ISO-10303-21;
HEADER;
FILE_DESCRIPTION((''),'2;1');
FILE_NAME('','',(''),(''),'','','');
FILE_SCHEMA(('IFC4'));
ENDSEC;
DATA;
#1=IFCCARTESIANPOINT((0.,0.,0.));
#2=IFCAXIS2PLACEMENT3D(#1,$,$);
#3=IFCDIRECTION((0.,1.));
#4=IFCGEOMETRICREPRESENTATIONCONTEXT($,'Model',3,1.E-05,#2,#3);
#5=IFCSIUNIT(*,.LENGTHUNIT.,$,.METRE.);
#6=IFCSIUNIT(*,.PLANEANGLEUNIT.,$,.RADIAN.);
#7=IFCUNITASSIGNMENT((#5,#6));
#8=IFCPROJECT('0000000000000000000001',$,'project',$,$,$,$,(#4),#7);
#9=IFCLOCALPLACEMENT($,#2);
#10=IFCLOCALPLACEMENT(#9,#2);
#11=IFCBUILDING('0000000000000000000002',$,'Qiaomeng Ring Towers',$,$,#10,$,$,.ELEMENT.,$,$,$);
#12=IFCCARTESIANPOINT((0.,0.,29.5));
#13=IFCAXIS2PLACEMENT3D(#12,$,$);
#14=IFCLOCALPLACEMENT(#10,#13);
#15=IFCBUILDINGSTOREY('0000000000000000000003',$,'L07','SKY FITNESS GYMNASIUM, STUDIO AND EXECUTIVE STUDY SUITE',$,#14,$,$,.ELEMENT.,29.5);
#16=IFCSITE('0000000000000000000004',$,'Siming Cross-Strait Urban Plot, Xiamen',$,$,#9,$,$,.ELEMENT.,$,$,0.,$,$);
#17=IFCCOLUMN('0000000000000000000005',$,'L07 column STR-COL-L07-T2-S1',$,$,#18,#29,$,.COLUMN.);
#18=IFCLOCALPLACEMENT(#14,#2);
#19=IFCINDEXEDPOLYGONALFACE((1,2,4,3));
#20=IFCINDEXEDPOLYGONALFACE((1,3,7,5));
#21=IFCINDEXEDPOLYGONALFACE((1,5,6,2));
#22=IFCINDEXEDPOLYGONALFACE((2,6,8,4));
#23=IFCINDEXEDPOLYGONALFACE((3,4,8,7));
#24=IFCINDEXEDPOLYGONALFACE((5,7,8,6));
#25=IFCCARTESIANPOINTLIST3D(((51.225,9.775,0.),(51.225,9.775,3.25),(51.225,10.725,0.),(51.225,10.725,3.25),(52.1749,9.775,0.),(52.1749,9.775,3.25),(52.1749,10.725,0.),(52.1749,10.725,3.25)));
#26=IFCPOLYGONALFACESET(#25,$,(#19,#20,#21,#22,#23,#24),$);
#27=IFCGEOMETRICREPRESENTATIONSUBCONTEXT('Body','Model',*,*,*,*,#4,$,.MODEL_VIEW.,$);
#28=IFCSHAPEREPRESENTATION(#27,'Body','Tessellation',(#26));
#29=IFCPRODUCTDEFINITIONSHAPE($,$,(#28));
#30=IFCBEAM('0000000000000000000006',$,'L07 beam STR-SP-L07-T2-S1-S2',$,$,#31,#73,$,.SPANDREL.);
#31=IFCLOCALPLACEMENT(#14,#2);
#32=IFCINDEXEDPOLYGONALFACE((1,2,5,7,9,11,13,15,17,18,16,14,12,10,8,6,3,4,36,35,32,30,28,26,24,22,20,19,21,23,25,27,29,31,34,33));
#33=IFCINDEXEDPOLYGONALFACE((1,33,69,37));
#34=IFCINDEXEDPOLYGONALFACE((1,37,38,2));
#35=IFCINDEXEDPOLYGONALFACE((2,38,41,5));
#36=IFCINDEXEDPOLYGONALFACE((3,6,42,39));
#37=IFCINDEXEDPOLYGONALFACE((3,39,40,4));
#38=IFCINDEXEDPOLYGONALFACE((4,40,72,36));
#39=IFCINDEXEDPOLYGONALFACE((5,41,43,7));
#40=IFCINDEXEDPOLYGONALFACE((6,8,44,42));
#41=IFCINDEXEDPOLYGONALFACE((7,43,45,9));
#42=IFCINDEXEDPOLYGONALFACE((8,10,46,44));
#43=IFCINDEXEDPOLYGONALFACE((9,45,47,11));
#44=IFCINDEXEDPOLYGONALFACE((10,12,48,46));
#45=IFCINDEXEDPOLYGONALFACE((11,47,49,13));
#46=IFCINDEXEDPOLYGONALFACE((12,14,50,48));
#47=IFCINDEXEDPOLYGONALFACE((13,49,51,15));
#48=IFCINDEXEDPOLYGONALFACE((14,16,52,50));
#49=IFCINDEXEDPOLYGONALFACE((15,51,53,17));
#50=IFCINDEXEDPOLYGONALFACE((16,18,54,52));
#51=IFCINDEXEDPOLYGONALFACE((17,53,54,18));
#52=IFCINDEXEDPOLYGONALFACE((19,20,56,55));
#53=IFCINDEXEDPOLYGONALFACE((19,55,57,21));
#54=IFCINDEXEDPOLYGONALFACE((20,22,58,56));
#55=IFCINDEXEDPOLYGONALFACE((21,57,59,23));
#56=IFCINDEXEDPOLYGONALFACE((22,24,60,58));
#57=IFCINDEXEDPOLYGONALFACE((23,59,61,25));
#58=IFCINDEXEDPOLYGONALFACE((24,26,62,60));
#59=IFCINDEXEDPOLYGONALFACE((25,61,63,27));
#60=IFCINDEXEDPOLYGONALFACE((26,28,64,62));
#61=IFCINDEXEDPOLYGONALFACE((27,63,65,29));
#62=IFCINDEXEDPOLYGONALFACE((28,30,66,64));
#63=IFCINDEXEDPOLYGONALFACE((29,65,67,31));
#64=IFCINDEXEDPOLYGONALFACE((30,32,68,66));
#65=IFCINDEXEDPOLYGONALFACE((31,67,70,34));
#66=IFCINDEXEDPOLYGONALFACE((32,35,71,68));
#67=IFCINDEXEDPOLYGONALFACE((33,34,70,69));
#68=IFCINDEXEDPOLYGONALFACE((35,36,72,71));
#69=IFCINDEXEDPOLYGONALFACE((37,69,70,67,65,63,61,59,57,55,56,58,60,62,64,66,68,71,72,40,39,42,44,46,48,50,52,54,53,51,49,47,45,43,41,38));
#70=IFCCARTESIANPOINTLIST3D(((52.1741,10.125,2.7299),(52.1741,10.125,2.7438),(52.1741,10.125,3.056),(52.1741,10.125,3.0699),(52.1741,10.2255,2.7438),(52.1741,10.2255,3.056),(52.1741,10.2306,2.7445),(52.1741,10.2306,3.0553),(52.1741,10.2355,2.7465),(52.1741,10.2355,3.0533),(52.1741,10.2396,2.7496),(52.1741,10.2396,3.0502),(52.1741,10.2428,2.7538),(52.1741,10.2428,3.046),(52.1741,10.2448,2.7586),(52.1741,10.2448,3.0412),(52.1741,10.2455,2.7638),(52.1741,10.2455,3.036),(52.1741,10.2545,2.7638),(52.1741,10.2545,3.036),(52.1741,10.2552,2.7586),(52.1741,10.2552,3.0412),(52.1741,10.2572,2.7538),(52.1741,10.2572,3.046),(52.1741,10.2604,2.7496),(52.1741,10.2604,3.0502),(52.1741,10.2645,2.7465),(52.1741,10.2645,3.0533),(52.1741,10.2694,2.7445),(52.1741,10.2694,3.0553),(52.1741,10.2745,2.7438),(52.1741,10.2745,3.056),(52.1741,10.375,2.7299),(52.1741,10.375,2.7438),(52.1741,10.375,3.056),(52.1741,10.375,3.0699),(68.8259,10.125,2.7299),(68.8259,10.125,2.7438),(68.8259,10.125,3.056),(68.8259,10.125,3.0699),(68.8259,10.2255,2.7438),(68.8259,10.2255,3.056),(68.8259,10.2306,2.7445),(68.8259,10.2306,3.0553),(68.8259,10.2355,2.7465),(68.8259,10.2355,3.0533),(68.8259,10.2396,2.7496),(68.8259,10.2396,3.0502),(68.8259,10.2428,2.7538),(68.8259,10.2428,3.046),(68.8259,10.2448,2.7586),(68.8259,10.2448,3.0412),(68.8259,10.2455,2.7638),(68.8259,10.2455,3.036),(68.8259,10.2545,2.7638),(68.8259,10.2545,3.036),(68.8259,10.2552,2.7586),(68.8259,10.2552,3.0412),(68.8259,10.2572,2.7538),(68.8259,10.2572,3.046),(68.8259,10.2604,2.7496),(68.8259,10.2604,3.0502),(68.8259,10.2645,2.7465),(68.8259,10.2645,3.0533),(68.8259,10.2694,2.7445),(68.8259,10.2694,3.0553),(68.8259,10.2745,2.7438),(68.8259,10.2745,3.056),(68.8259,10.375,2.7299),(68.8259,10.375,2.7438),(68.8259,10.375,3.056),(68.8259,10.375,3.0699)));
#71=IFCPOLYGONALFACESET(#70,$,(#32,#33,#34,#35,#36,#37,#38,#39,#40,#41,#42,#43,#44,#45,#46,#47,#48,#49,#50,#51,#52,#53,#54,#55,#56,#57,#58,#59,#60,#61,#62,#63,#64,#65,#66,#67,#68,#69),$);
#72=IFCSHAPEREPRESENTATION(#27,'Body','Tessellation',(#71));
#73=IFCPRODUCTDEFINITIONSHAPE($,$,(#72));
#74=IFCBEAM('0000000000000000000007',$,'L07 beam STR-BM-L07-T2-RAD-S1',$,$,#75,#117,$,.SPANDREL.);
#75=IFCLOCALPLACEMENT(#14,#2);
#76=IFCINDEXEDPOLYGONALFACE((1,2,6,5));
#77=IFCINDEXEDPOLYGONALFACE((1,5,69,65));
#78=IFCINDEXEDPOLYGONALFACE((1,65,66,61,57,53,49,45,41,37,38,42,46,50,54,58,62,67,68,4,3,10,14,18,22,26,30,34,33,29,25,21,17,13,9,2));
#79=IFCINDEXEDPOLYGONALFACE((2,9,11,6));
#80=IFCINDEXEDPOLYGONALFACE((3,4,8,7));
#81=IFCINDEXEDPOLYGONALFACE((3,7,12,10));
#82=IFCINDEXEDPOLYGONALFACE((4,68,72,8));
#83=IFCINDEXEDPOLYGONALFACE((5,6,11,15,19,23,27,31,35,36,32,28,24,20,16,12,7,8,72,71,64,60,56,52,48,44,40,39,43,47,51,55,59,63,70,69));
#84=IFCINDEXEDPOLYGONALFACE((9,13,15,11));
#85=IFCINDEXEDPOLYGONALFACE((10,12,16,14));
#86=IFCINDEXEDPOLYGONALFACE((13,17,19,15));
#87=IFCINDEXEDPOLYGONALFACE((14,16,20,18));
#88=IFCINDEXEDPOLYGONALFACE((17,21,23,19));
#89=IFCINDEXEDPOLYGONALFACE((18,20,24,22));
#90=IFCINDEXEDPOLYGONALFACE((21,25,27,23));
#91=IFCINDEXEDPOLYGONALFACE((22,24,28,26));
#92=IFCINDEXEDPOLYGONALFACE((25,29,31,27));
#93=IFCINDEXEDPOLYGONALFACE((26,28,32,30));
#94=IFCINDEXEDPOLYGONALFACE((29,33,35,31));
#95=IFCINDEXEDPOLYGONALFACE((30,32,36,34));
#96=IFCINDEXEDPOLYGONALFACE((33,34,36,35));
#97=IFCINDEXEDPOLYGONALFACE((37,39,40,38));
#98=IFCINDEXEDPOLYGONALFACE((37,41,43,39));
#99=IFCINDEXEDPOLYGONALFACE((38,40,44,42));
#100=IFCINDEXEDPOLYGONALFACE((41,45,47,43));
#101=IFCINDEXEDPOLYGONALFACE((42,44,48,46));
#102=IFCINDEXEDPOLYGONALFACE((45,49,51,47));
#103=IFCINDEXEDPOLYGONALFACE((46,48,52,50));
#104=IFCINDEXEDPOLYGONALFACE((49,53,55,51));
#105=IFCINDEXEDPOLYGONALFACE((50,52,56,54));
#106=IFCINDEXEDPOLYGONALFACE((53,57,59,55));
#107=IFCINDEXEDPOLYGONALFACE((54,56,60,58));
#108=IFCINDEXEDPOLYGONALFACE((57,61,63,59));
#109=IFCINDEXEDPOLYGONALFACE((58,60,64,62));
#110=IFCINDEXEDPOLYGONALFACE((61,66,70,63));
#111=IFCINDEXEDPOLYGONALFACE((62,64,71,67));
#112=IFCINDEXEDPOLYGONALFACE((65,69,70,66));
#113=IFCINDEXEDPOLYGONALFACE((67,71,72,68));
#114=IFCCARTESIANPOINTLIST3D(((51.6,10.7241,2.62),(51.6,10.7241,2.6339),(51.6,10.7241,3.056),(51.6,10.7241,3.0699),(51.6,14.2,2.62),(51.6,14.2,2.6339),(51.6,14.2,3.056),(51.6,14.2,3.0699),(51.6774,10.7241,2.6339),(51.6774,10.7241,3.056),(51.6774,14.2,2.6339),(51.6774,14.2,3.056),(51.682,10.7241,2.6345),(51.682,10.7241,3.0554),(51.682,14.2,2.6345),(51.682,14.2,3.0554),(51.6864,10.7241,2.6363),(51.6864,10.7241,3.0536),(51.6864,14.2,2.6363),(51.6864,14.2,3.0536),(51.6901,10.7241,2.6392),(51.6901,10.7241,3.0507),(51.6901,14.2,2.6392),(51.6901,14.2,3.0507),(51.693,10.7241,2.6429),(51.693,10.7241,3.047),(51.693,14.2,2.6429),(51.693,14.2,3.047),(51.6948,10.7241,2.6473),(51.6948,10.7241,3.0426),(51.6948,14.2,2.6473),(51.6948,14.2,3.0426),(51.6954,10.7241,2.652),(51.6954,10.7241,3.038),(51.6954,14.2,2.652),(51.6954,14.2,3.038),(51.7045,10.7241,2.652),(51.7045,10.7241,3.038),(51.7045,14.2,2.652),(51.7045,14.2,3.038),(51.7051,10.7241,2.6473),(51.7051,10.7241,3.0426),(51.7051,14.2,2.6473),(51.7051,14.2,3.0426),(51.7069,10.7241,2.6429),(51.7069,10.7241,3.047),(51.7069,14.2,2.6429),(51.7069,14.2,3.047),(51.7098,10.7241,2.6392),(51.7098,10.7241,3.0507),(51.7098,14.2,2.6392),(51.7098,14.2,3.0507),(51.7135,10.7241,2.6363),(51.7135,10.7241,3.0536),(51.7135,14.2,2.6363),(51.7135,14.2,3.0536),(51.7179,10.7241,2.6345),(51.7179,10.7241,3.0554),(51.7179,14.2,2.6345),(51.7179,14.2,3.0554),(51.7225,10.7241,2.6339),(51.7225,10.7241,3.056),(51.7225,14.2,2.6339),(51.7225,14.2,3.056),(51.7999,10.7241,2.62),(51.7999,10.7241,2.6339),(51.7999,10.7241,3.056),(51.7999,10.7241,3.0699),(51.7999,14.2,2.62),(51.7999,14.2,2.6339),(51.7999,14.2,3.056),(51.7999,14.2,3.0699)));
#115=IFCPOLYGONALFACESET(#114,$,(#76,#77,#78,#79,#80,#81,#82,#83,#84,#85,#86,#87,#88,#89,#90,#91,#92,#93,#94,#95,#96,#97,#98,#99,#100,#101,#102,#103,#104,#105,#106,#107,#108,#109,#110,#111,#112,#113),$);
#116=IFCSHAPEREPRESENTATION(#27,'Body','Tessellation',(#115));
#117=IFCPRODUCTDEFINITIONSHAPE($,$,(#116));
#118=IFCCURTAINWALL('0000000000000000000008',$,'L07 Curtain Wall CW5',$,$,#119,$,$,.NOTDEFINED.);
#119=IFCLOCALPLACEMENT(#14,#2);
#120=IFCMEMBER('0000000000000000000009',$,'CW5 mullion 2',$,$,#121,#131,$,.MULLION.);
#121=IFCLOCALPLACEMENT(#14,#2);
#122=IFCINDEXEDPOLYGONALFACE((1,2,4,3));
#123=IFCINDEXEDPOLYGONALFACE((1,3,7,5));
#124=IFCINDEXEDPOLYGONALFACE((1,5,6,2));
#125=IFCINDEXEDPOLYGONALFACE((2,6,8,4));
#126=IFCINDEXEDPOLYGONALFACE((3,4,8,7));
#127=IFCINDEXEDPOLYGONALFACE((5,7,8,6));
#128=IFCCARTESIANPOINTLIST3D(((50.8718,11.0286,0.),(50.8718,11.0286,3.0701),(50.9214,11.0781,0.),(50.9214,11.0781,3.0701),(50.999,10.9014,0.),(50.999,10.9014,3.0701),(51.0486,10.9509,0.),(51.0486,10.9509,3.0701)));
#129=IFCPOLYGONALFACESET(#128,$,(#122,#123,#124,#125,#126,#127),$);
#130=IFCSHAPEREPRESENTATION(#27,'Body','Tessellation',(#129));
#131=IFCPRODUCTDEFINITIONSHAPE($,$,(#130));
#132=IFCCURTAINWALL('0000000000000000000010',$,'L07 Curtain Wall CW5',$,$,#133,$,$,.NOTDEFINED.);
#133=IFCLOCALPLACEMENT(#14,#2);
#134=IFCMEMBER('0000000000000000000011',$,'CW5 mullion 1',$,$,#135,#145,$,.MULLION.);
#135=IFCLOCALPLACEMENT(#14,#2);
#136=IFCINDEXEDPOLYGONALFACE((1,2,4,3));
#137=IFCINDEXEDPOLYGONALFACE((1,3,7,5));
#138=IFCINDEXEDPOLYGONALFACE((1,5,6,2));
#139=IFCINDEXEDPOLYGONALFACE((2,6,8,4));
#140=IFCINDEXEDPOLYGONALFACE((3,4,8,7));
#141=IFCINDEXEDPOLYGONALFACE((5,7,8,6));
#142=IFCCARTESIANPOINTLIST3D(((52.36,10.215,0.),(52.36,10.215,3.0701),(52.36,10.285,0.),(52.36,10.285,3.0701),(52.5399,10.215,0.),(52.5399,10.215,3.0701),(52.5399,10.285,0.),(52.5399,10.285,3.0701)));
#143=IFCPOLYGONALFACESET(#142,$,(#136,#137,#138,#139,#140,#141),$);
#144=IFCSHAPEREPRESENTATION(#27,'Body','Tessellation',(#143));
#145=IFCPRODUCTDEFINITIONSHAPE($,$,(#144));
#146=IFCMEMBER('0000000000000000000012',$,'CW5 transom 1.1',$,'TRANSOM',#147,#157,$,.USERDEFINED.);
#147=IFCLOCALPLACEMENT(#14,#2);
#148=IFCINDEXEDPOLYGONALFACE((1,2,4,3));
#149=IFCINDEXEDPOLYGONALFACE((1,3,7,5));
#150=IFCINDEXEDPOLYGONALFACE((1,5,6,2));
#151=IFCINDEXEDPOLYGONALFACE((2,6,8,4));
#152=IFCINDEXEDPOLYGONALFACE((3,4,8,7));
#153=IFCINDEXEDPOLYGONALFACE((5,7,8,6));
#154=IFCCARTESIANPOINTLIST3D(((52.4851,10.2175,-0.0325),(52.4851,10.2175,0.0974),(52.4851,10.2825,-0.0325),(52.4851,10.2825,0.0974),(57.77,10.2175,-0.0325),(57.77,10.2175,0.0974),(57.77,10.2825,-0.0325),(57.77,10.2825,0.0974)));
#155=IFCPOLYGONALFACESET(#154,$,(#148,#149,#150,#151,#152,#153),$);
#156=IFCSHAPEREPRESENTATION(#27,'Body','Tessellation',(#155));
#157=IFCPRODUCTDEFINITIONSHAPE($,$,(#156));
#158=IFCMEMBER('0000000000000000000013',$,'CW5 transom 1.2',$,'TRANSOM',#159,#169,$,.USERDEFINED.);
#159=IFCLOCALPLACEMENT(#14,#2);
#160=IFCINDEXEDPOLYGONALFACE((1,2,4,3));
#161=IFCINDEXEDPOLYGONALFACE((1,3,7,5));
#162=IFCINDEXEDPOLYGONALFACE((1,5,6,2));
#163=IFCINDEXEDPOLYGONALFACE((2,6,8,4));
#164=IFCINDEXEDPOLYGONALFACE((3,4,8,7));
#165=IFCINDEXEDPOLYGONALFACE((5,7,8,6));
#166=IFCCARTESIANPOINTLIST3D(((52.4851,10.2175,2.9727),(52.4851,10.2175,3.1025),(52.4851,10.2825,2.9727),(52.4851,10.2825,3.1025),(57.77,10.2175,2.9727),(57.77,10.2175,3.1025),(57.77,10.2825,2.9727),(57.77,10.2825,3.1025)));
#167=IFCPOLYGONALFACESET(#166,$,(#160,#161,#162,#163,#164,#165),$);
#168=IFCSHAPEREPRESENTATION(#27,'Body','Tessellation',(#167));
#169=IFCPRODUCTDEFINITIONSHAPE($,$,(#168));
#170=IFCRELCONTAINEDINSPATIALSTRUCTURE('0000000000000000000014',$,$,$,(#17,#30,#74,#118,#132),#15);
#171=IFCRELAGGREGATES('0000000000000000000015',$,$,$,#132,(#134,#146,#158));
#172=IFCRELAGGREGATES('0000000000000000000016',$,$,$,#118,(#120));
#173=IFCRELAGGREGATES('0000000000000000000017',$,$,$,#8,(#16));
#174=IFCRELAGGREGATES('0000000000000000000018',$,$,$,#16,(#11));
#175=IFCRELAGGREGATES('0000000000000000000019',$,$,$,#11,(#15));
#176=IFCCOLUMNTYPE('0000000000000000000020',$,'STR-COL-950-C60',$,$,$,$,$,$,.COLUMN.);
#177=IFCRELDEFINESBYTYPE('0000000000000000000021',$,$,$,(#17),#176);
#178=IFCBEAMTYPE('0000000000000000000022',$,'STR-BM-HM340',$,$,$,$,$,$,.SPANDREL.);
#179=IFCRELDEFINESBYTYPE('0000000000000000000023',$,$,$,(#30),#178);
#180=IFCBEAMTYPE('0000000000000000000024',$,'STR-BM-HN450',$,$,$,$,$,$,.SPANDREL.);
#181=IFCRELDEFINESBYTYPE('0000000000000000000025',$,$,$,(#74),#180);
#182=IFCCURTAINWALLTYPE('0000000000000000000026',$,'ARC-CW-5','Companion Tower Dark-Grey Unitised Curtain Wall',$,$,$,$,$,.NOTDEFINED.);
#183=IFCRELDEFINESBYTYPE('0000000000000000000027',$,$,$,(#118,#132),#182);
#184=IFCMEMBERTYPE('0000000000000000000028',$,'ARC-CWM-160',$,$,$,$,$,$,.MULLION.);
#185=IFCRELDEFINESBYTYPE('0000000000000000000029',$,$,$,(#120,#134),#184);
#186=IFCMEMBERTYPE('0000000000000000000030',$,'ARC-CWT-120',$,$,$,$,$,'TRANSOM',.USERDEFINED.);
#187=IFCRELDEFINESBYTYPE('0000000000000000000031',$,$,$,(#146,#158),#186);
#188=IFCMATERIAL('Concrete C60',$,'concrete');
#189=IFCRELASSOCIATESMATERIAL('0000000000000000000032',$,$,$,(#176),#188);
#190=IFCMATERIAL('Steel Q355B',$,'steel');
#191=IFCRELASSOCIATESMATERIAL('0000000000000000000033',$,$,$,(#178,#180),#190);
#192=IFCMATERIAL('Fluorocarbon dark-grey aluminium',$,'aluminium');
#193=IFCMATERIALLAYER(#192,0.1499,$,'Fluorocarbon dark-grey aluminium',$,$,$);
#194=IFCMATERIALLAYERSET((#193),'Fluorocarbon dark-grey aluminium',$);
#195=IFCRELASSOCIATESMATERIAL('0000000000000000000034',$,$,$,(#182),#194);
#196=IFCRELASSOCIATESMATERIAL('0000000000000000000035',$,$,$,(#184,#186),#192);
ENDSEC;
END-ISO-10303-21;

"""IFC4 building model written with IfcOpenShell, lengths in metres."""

from ifc_helpers import new_model, si_unit, direction, frame, origin, origin_2d, place, context, subcontext, project, spatial, rectangle, i_section, extrude, source, transform, mapped, material, layer, layer_set, material_profile, profile_set, type_object, element, aggregate, save


model = new_model("IFC4")

# Units and contexts
model_context = context("Model", 3, precision=1e-05, world=origin(), true_north=direction((0.0, 1.0)))
body_context = subcontext(model_context, "Body", "Model", "MODEL_VIEW")
ifc_project = project(units=[si_unit("LENGTHUNIT", "METRE"), si_unit("PLANEANGLEUNIT", "RADIAN")], contexts=[model_context])

# Site, building, storey
site_placement = place(None, origin())
site = spatial("IfcSite", under=ifc_project, at=site_placement, Name="Siming Cross-Strait Urban Plot, Xiamen", CompositionType="ELEMENT", RefElevation=0.0)
building_placement = place(site_placement, origin())
building = spatial("IfcBuilding", under=site, at=building_placement, Name="Qiaomeng Ring Towers", CompositionType="ELEMENT")
storey_placement = place(building_placement, frame((0.0, 0.0, 29.5)))
storey = spatial("IfcBuildingStorey", under=building, at=storey_placement, Name="L07", Description="SKY FITNESS GYMNASIUM, STUDIO AND EXECUTIVE STUDY SUITE", CompositionType="ELEMENT", Elevation=29.5)

# Column
ifc_material_1 = material(Name="Concrete C60", Category="concrete")
ifc_material_profile_1 = material_profile(ifc_material_1, rectangle(XDim=0.95, YDim=0.95, at=origin_2d()), Name="RC COL 950x950")
ifc_profile_set_1 = profile_set([ifc_material_profile_1], Name="Concrete C60")
column_type = type_object("IfcColumnType", Name="STR-COL-950-C60", PredefinedType="COLUMN", material=ifc_profile_set_1)
shared_shape_1 = source(origin(), body_context, "Body", "SweptSolid", [
    extrude(rectangle(XDim=0.95, YDim=0.95, at=origin_2d()), origin(), (0.0, 0.0, 1.0), 3.25),
])
column_placement = place(storey_placement, frame((51.7, 10.25, 0.0), z_axis=(0.0, 0.0, 1.0), x_axis=(1.0, 0.0, 0.0)))
element("IfcColumn", 1, at=column_placement, inside=storey, type_object=column_type, Name="L07 column STR-COL-L07-T2-S1", PredefinedType="COLUMN", context=body_context, shape_type="MappedRepresentation", body=[
    mapped(shared_shape_1, transform((0.0, 0.0, 0.0), x_axis=(1.0, 0.0, 0.0), y_axis=(0.0, 1.0, 0.0), z_axis=(0.0, 0.0, 1.0), scale=1.0)),
])

# Beams
ifc_material_2 = material(Name="Steel Q355B", Category="steel")
ifc_material_profile_2 = material_profile(ifc_material_2, i_section(OverallWidth=0.25, OverallDepth=0.3401, WebThickness=0.009, FlangeThickness=0.0139, FilletRadius=0.02, at=origin_2d()), Name="HM 340x250x9x14")
ifc_profile_set_2 = profile_set([ifc_material_profile_2], Name="Steel Q355B")
beam_type_1 = type_object("IfcBeamType", Name="STR-BM-HM340", PredefinedType="SPANDREL", material=ifc_profile_set_2)
shared_shape_2 = source(origin(), body_context, "Body", "SweptSolid", [
    extrude(i_section(OverallWidth=0.25, OverallDepth=0.3401, WebThickness=0.009, FlangeThickness=0.0139, FilletRadius=0.02, at=origin_2d()), origin(), (0.0, 0.0, 1.0), 16.6519),
])
beam_1_placement = place(storey_placement, frame((52.1741, 10.25, 2.8999), z_axis=(1.0, 0.0, 0.0), x_axis=(0.0, 1.0, 0.0)))
element("IfcBeam", 2, at=beam_1_placement, inside=storey, type_object=beam_type_1, Name="L07 beam STR-SP-L07-T2-S1-S2", PredefinedType="SPANDREL", context=body_context, shape_type="MappedRepresentation", body=[
    mapped(shared_shape_2, transform((0.0, 0.0, 0.0), x_axis=(1.0, 0.0, 0.0), y_axis=(0.0, 1.0, 0.0), z_axis=(0.0, 0.0, 1.0), scale=1.0)),
])
ifc_material_profile_3 = material_profile(ifc_material_2, i_section(OverallWidth=0.2, OverallDepth=0.45, WebThickness=0.009, FlangeThickness=0.0139, FilletRadius=0.0181, at=origin_2d()), Name="HN 450x200x9x14")
ifc_profile_set_3 = profile_set([ifc_material_profile_3], Name="Steel Q355B")
beam_type_2 = type_object("IfcBeamType", Name="STR-BM-HN450", PredefinedType="SPANDREL", material=ifc_profile_set_3)
shared_shape_3 = source(origin(), body_context, "Body", "SweptSolid", [
    extrude(i_section(OverallWidth=0.2, OverallDepth=0.45, WebThickness=0.009, FlangeThickness=0.0139, FilletRadius=0.0181, at=origin_2d()), origin(), (0.0, 0.0, 1.0), 3.4758),
])
beam_2_placement = place(storey_placement, frame((51.7, 10.7241, 2.845), z_axis=(0.0, 1.0, 0.0), x_axis=(-1.0, 0.0, 0.0)))
element("IfcBeam", 3, at=beam_2_placement, inside=storey, type_object=beam_type_2, Name="L07 beam STR-BM-L07-T2-RAD-S1", PredefinedType="SPANDREL", context=body_context, shape_type="MappedRepresentation", body=[
    mapped(shared_shape_3, transform((0.0, 0.0, 0.0), x_axis=(1.0, 0.0, 0.0), y_axis=(0.0, 1.0, 0.0), z_axis=(0.0, 0.0, 1.0), scale=1.0)),
])

# Curtain wall, member
ifc_material_3 = material(Name="Fluorocarbon dark-grey aluminium", Category="aluminium")
ifc_layer_1 = layer(ifc_material_3, 0.1499, Name="Fluorocarbon dark-grey aluminium")
ifc_layer_set_1 = layer_set([ifc_layer_1], Name="Fluorocarbon dark-grey aluminium")
curtain_wall_type = type_object("IfcCurtainWallType", Name="ARC-CW-5", Description="Companion Tower Dark-Grey Unitised Curtain Wall", PredefinedType="NOTDEFINED", material=ifc_layer_set_1)
curtain_wall_1_placement = place(storey_placement, origin())
curtain_wall_1 = element("IfcCurtainWall", 4, at=curtain_wall_1_placement, inside=storey, type_object=curtain_wall_type, Name="L07 Curtain Wall CW5", PredefinedType="NOTDEFINED")
ifc_material_profile_4 = material_profile(ifc_material_3, rectangle(XDim=0.0701, YDim=0.1799, at=origin_2d()), Name="ALU MULL 70x180")
ifc_profile_set_4 = profile_set([ifc_material_profile_4], Name="Fluorocarbon dark-grey aluminium")
member_type_1 = type_object("IfcMemberType", Name="ARC-CWM-160", PredefinedType="MULLION", material=ifc_profile_set_4)
shared_shape_4 = source(origin(), body_context, "Body", "SweptSolid", [
    extrude(rectangle(XDim=0.0701, YDim=0.1799, at=origin_2d()), origin(), (0.0, 0.0, 1.0), 3.0701),
])
member_1_placement = place(storey_placement, frame((50.9602, 10.9897, 0.0), z_axis=(0.0, 0.0, 1.0), x_axis=(0.707107, 0.707107, 0.0)))
member_1 = element("IfcMember", 5, at=member_1_placement, type_object=member_type_1, Name="CW5 mullion 2", PredefinedType="MULLION", context=body_context, shape_type="MappedRepresentation", body=[
    mapped(shared_shape_4, transform((0.0, 0.0, 0.0), x_axis=(1.0, 0.0, 0.0), y_axis=(0.0, 1.0, 0.0), z_axis=(0.0, 0.0, 1.0), scale=1.0)),
])

# Curtain wall, members
curtain_wall_2_placement = place(storey_placement, origin())
curtain_wall_2 = element("IfcCurtainWall", 6, at=curtain_wall_2_placement, inside=storey, type_object=curtain_wall_type, Name="L07 Curtain Wall CW5", PredefinedType="NOTDEFINED")
member_2_placement = place(storey_placement, frame((52.45, 10.25, 0.0), z_axis=(0.0, 0.0, 1.0), x_axis=(0.0, 1.0, 0.0)))
member_2 = element("IfcMember", 7, at=member_2_placement, type_object=member_type_1, Name="CW5 mullion 1", PredefinedType="MULLION", context=body_context, shape_type="MappedRepresentation", body=[
    mapped(shared_shape_4, transform((0.0, 0.0, 0.0), x_axis=(1.0, 0.0, 0.0), y_axis=(0.0, 1.0, 0.0), z_axis=(0.0, 0.0, 1.0), scale=1.0)),
])
ifc_material_profile_5 = material_profile(ifc_material_3, rectangle(XDim=0.0649, YDim=0.1299, at=origin_2d()), Name="ALU TRAN 65x130")
ifc_profile_set_5 = profile_set([ifc_material_profile_5], Name="Fluorocarbon dark-grey aluminium")
member_type_2 = type_object("IfcMemberType", Name="ARC-CWT-120", ElementType="TRANSOM", PredefinedType="USERDEFINED", material=ifc_profile_set_5)
shared_shape_5 = source(origin(), body_context, "Body", "SweptSolid", [
    extrude(rectangle(XDim=0.0649, YDim=0.1299, at=origin_2d()), origin(), (0.0, 0.0, 1.0), 5.2849),
])
member_3_placement = place(storey_placement, frame((52.4851, 10.25, 0.0325), z_axis=(1.0, 0.0, 0.0), x_axis=(0.0, 1.0, 0.0)))
member_3 = element("IfcMember", 8, at=member_3_placement, type_object=member_type_2, Name="CW5 transom 1.1", ObjectType="TRANSOM", PredefinedType="USERDEFINED", context=body_context, shape_type="MappedRepresentation", body=[
    mapped(shared_shape_5, transform((0.0, 0.0, 0.0), x_axis=(1.0, 0.0, 0.0), y_axis=(0.0, 1.0, 0.0), z_axis=(0.0, 0.0, 1.0), scale=1.0)),
])
member_4_placement = place(storey_placement, frame((52.4851, 10.25, 3.0376), z_axis=(1.0, 0.0, 0.0), x_axis=(0.0, 1.0, 0.0)))
member_4 = element("IfcMember", 9, at=member_4_placement, type_object=member_type_2, Name="CW5 transom 1.2", ObjectType="TRANSOM", PredefinedType="USERDEFINED", context=body_context, shape_type="MappedRepresentation", body=[
    mapped(shared_shape_5, transform((0.0, 0.0, 0.0), x_axis=(1.0, 0.0, 0.0), y_axis=(0.0, 1.0, 0.0), z_axis=(0.0, 0.0, 1.0), scale=1.0)),
])
aggregate(curtain_wall_2, [member_2, member_3, member_4])

aggregate(curtain_wall_1, [member_1])

save(model, "model.ifc")
